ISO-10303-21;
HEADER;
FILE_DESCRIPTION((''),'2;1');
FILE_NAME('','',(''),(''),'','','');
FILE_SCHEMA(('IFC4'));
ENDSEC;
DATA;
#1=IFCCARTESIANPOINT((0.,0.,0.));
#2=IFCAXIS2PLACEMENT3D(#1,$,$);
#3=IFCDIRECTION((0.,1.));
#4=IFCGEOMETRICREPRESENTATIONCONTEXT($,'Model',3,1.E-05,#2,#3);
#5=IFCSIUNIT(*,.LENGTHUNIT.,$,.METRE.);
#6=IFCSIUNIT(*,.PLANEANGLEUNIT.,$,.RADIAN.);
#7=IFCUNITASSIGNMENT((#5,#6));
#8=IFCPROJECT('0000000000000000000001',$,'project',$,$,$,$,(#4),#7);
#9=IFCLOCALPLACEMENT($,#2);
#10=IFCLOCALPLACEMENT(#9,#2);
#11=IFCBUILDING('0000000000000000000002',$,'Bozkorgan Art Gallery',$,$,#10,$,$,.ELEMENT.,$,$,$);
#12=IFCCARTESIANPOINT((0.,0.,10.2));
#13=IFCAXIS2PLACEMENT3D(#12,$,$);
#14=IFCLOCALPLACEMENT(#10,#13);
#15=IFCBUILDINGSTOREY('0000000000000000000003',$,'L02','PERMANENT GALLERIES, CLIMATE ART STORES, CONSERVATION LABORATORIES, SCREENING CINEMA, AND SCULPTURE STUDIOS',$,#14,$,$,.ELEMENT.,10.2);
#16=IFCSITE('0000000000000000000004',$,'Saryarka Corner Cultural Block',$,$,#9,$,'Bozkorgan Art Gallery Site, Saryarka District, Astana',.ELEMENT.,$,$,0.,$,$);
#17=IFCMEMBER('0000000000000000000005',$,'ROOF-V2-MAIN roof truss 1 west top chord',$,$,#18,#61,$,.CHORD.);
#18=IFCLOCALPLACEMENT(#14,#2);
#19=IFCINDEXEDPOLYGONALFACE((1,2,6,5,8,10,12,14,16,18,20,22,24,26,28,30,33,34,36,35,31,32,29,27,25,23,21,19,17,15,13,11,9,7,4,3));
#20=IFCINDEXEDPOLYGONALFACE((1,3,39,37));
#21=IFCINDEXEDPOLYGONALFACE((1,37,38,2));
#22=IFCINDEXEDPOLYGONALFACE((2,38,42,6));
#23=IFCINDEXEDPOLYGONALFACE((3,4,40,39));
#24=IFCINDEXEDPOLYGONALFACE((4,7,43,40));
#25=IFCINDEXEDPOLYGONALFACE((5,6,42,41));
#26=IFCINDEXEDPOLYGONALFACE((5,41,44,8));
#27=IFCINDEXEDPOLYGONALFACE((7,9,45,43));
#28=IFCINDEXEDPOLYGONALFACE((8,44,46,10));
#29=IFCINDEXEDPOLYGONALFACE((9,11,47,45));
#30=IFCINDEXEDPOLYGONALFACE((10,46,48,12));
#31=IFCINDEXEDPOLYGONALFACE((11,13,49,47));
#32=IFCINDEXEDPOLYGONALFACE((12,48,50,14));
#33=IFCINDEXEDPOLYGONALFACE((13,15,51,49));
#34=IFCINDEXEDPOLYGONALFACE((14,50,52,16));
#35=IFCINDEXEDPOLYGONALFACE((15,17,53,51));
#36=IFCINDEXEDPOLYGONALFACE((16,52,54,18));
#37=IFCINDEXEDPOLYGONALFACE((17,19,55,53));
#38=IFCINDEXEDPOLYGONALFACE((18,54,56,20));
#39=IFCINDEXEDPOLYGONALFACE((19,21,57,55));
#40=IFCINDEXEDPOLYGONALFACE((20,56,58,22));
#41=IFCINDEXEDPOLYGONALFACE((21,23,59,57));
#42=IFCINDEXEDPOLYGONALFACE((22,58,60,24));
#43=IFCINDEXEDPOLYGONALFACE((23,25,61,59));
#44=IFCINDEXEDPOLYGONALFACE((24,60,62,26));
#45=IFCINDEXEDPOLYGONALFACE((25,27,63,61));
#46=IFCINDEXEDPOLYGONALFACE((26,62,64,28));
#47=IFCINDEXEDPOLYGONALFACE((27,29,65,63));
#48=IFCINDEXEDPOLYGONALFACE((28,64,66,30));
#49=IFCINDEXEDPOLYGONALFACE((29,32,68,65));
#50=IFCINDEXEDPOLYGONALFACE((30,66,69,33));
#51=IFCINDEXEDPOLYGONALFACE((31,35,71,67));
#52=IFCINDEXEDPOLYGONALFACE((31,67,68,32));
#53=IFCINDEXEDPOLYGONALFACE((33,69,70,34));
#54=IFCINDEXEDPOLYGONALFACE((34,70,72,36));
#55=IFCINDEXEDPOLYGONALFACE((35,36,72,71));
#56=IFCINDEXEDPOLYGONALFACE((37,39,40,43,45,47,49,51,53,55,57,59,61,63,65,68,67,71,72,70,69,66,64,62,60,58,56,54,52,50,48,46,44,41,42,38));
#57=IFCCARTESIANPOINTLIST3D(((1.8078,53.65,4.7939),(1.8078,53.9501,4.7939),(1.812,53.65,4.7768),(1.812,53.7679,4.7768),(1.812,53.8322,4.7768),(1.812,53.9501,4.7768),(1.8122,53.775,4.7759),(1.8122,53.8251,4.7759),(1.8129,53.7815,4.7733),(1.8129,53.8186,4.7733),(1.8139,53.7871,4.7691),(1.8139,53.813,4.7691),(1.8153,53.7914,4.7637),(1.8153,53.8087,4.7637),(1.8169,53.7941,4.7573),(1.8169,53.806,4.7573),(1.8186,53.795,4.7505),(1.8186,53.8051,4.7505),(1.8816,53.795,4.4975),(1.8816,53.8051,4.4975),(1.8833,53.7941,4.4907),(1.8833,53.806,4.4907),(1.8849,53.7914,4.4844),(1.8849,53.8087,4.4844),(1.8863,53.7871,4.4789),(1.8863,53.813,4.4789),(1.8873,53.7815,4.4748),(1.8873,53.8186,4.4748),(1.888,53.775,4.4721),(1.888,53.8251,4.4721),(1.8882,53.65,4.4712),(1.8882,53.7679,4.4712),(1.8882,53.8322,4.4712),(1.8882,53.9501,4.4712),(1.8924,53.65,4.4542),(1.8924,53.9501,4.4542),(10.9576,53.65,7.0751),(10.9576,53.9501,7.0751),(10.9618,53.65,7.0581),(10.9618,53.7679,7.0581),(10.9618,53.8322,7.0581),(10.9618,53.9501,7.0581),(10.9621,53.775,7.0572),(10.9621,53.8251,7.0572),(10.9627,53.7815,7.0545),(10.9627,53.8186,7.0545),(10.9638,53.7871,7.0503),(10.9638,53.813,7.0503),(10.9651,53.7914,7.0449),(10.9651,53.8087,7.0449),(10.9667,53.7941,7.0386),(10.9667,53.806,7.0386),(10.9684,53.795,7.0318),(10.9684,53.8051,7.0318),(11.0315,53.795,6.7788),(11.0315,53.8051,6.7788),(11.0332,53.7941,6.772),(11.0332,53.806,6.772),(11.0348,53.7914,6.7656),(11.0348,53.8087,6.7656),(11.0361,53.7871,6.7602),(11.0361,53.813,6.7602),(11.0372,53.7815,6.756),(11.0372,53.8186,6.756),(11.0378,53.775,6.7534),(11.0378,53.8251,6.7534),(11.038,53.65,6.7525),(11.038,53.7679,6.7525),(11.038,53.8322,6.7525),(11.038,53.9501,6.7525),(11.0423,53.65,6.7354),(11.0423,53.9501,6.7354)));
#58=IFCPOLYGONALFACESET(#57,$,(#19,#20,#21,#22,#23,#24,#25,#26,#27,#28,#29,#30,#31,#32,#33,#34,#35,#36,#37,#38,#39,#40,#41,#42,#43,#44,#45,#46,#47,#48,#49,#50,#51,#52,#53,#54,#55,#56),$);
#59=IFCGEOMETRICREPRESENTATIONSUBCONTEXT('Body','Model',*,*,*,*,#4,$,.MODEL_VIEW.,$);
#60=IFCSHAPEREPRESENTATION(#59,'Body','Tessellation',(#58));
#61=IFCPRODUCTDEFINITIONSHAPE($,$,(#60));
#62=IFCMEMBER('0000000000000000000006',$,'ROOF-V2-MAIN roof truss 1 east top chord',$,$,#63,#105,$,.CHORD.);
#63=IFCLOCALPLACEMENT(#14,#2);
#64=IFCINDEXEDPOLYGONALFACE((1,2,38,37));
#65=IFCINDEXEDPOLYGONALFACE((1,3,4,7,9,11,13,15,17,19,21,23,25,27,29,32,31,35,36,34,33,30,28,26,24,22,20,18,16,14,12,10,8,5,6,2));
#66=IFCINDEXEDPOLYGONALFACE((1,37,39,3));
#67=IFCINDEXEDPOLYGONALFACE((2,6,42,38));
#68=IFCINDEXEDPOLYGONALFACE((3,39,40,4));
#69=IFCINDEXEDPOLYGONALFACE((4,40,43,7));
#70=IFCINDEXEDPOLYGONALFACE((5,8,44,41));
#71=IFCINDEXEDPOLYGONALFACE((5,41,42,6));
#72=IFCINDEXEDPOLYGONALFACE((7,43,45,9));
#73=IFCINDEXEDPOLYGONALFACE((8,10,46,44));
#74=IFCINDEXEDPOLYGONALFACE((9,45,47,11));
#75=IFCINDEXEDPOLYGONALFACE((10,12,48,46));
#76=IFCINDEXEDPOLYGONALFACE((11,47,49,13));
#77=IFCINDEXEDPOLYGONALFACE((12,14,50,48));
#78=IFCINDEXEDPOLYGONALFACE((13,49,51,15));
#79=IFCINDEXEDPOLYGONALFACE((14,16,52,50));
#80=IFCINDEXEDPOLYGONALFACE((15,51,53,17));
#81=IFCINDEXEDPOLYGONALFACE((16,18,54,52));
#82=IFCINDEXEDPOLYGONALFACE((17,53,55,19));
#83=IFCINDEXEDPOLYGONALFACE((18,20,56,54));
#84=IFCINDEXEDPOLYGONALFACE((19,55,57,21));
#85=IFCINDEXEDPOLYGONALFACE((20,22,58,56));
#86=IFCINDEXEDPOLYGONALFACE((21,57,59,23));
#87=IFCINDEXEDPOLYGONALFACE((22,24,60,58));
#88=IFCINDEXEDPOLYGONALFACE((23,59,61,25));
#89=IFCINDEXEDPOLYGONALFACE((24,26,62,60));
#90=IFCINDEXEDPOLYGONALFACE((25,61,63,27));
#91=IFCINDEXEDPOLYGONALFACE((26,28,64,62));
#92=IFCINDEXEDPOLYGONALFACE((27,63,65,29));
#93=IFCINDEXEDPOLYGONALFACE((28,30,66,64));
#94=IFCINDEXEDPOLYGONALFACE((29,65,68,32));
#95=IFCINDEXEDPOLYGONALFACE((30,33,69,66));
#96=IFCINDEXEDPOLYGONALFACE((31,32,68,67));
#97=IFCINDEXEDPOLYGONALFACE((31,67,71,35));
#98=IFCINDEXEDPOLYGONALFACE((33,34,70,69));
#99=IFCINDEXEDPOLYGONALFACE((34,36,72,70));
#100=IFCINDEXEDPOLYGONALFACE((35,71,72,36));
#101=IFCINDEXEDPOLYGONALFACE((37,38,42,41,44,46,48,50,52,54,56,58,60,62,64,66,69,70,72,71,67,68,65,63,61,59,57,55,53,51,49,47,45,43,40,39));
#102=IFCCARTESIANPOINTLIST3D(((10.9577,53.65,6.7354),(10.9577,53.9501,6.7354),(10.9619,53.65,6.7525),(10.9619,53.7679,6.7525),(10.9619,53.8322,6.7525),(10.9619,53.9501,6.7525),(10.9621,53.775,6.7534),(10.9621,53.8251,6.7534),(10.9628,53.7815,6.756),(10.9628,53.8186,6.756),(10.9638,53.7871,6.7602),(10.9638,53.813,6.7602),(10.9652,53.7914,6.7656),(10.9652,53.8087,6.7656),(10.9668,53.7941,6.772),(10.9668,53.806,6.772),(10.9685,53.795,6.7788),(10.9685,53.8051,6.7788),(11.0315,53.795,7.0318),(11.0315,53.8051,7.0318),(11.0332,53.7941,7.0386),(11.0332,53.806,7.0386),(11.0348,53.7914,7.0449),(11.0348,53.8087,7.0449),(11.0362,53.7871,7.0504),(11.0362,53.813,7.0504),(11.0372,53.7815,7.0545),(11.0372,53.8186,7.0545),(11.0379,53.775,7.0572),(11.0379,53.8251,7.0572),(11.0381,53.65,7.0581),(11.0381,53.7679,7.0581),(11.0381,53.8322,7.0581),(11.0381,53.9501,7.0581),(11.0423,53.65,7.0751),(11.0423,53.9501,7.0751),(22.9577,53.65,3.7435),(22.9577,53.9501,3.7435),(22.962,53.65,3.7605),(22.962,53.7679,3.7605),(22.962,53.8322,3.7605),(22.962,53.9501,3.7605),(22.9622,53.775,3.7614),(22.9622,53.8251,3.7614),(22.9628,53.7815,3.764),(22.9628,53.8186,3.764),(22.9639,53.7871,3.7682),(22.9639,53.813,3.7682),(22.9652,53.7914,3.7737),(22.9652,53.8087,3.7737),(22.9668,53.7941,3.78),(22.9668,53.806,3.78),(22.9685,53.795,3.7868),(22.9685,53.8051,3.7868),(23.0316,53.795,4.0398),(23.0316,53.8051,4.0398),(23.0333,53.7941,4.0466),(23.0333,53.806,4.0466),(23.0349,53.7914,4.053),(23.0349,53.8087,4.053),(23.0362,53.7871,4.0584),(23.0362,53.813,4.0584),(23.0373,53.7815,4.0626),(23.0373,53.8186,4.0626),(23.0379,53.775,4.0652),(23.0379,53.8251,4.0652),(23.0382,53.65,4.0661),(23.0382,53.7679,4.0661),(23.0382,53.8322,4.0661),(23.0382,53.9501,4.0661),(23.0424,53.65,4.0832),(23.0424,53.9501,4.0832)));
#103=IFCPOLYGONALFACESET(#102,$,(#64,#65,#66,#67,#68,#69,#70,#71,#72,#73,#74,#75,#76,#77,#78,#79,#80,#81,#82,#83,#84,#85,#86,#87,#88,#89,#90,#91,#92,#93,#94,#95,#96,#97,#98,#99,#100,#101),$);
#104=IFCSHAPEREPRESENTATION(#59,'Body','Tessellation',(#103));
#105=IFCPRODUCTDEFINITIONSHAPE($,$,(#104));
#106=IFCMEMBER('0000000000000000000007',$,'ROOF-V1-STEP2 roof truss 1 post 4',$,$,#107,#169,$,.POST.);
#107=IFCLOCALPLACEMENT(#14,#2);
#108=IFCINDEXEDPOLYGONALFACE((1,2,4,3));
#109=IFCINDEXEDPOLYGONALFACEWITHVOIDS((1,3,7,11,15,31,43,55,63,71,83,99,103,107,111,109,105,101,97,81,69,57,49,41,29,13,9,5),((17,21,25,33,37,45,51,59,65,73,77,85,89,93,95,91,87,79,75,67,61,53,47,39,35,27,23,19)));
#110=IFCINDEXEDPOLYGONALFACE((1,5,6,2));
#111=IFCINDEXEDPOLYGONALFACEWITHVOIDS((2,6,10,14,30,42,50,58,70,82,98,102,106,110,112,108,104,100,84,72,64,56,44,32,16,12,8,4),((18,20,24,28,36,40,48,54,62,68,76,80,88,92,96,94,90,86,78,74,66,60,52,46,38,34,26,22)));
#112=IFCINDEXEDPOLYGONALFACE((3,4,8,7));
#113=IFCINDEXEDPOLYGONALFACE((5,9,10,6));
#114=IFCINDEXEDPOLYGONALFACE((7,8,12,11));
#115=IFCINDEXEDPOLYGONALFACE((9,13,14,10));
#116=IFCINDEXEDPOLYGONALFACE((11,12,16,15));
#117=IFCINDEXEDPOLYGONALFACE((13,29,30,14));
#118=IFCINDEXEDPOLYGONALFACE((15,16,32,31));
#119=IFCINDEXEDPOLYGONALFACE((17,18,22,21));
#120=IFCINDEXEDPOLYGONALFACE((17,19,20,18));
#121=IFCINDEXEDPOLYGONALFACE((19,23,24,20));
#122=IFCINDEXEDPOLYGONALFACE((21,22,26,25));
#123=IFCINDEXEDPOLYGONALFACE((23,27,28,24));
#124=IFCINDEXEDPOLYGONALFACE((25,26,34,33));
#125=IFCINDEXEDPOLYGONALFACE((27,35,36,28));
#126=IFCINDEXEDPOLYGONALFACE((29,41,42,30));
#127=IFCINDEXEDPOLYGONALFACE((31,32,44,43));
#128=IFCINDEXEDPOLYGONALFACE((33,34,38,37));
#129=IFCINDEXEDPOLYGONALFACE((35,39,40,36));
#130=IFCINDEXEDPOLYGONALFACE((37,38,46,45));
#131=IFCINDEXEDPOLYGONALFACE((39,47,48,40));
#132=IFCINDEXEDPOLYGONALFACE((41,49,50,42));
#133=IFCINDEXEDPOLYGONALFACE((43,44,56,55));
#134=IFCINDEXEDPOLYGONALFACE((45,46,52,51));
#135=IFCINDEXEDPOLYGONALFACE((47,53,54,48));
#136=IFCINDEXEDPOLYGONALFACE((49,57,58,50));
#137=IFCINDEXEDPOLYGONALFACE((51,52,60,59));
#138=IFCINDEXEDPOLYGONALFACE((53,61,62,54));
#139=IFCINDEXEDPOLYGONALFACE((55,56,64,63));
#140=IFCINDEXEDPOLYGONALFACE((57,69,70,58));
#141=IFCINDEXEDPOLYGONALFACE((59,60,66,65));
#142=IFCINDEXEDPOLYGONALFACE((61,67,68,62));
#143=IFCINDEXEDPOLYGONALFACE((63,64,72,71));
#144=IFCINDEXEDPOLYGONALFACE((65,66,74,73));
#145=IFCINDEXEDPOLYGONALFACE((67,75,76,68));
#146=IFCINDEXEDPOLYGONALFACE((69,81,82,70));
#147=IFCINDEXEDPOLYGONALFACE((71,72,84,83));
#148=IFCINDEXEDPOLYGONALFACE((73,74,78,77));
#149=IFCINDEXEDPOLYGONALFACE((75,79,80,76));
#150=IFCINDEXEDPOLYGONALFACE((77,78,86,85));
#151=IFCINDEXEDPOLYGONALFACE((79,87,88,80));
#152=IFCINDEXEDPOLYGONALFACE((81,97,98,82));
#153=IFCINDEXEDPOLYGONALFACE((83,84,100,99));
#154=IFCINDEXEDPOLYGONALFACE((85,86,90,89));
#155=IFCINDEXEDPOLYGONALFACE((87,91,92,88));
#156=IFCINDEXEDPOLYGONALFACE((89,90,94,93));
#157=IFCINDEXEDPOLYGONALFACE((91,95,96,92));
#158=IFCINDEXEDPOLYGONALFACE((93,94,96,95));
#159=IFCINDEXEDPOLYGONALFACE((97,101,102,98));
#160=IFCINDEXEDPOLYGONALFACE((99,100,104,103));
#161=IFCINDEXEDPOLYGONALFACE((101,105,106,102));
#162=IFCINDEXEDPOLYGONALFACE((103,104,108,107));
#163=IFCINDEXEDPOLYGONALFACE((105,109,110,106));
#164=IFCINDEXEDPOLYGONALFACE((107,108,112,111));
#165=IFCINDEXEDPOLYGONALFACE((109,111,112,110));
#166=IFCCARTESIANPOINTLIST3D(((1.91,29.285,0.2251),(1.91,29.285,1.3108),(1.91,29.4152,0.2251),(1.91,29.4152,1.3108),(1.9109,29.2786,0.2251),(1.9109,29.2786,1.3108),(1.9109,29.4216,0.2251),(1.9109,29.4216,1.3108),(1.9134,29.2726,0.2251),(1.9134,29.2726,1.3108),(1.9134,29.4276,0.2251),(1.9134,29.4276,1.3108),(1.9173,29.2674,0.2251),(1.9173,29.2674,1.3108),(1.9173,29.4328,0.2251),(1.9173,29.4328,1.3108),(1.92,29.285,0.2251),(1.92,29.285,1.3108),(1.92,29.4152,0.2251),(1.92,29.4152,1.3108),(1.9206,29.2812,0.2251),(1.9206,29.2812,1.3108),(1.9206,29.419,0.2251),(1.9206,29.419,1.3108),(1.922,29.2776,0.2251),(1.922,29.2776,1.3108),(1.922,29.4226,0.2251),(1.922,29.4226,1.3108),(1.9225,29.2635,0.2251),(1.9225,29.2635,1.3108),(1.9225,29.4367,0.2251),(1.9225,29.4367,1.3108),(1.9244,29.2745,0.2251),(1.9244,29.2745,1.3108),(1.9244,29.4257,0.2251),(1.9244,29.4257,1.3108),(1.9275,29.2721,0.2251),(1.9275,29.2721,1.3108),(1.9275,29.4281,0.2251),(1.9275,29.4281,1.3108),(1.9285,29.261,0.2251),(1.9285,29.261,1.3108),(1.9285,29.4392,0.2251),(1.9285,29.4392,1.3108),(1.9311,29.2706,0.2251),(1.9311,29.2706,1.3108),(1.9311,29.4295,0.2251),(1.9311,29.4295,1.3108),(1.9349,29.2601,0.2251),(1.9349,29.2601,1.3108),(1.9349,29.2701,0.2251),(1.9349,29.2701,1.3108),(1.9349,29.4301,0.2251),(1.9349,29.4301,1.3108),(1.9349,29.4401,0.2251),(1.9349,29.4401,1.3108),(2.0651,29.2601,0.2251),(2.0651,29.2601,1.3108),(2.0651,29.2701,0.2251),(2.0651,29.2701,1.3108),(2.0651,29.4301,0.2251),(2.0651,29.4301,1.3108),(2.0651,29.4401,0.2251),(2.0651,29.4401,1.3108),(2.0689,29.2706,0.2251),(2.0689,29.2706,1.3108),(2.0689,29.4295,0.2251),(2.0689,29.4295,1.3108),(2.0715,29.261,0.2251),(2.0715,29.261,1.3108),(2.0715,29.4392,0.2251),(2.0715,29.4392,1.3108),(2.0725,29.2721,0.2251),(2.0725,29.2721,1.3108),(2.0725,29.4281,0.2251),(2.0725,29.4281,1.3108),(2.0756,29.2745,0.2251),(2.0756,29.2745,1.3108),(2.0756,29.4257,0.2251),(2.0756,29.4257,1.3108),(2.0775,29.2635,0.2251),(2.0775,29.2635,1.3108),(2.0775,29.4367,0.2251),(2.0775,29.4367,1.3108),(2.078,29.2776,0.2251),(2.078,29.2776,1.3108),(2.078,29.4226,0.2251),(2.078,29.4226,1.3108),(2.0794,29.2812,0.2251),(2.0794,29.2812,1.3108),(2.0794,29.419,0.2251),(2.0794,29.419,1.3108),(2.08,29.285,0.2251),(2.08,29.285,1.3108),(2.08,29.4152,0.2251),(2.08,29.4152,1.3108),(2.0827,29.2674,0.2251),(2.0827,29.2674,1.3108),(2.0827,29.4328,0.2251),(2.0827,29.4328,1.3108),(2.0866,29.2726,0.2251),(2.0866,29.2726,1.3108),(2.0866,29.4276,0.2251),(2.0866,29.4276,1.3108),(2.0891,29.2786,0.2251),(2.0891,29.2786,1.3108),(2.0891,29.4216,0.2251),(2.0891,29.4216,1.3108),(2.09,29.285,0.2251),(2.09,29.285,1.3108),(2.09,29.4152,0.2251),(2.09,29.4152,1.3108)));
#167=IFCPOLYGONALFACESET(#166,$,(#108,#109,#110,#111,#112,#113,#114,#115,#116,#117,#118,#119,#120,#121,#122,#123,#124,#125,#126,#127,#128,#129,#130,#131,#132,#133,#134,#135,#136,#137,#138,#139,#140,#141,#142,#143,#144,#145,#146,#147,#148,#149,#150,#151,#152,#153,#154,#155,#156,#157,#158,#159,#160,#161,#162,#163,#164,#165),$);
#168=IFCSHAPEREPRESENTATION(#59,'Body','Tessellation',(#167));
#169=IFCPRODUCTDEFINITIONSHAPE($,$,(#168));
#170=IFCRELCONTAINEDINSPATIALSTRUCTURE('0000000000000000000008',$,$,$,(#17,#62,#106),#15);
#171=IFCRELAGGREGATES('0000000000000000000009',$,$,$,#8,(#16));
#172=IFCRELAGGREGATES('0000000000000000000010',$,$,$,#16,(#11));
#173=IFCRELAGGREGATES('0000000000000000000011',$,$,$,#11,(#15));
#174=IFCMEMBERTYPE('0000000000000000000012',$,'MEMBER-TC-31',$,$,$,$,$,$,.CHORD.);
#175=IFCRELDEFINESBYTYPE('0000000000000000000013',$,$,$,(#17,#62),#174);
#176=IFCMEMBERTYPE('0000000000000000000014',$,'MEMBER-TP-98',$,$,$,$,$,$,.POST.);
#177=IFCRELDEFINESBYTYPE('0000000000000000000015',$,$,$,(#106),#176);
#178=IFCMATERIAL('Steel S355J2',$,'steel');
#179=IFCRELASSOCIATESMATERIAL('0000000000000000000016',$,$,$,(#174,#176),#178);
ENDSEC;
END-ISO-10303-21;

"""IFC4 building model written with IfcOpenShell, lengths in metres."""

from ifc_helpers import new_model, si_unit, direction, frame, origin, origin_2d, place, context, subcontext, project, spatial, hollow_rectangle, i_section, extrude, material, material_profile, profile_set, type_object, element, save


model = new_model("IFC4")

# Units and contexts
model_context = context("Model", 3, precision=1e-05, world=origin(), true_north=direction((0.0, 1.0)))
body_context = subcontext(model_context, "Body", "Model", "MODEL_VIEW")
ifc_project = project(units=[si_unit("LENGTHUNIT", "METRE"), si_unit("PLANEANGLEUNIT", "RADIAN")], contexts=[model_context])

# Site, building, storey
site_placement = place(None, origin())
site = spatial("IfcSite", under=ifc_project, at=site_placement, Name="Saryarka Corner Cultural Block", LongName="Bozkorgan Art Gallery Site, Saryarka District, Astana", CompositionType="ELEMENT", RefElevation=0.0)
building_placement = place(site_placement, origin())
building = spatial("IfcBuilding", under=site, at=building_placement, Name="Bozkorgan Art Gallery", CompositionType="ELEMENT")
storey_placement = place(building_placement, frame((0.0, 0.0, 10.2)))
storey = spatial("IfcBuildingStorey", under=building, at=storey_placement, Name="L02", Description="PERMANENT GALLERIES, CLIMATE ART STORES, CONSERVATION LABORATORIES, SCREENING CINEMA, AND SCULPTURE STUDIOS", CompositionType="ELEMENT", Elevation=10.2)

# Shared definitions
ifc_material_1 = material(Name="Steel S355J2", Category="steel")

# Members
ifc_material_profile_1 = material_profile(ifc_material_1, i_section(OverallWidth=0.3, OverallDepth=0.3501, WebThickness=0.01, FlangeThickness=0.0176, FilletRadius=0.0271, at=origin_2d()), Name="HEA 360")
ifc_profile_set_1 = profile_set([ifc_material_profile_1], Name="Steel S355J2")
member_type_1 = type_object("IfcMemberType", Name="MEMBER-TC-31", PredefinedType="CHORD", material=ifc_profile_set_1)
member_1_placement = place(storey_placement, frame((1.8501, 53.8, 4.624), z_axis=(0.970298, 0.0, 0.241914), x_axis=(0.0, 1.0, 0.0)))
element("IfcMember", 1, at=member_1_placement, inside=storey, type_object=member_type_1, Name="ROOF-V2-MAIN roof truss 1 west top chord", PredefinedType="CHORD", context=body_context, shape_type="SweptSolid", body=[
    extrude(i_section(OverallWidth=0.3, OverallDepth=0.3501, WebThickness=0.01, FlangeThickness=0.0176, FilletRadius=0.0271, at=origin_2d()), origin(), (0.0, 0.0, 1.0), 9.4299),
])
member_2_placement = place(storey_placement, frame((11.0, 53.8, 6.9053), z_axis=(0.970296, 0.0, -0.241922), x_axis=(0.0, 1.0, 0.0)))
element("IfcMember", 2, at=member_2_placement, inside=storey, type_object=member_type_1, Name="ROOF-V2-MAIN roof truss 1 east top chord", PredefinedType="CHORD", context=body_context, shape_type="SweptSolid", body=[
    extrude(i_section(OverallWidth=0.3, OverallDepth=0.3501, WebThickness=0.01, FlangeThickness=0.0176, FilletRadius=0.0271, at=origin_2d()), origin(), (0.0, 0.0, 1.0), 12.3674),
])
ifc_material_profile_2 = material_profile(ifc_material_1, hollow_rectangle(XDim=0.1799, YDim=0.1799, WallThickness=0.01, InnerFilletRadius=0.0149, OuterFilletRadius=0.0249, at=origin_2d()), Name="SHS 180x180x10")
ifc_profile_set_2 = profile_set([ifc_material_profile_2], Name="Steel S355J2")
member_type_2 = type_object("IfcMemberType", Name="MEMBER-TP-98", PredefinedType="POST", material=ifc_profile_set_2)
member_3_placement = place(storey_placement, frame((2.0, 29.3501, 0.2251), z_axis=(0.0, 0.0, 1.0), x_axis=(1.0, 0.0, 0.0)))
element("IfcMember", 3, at=member_3_placement, inside=storey, type_object=member_type_2, Name="ROOF-V1-STEP2 roof truss 1 post 4", PredefinedType="POST", context=body_context, shape_type="SweptSolid", body=[
    extrude(hollow_rectangle(XDim=0.1799, YDim=0.1799, WallThickness=0.01, InnerFilletRadius=0.0149, OuterFilletRadius=0.0249, at=origin_2d()), origin(), (0.0, 0.0, 1.0), 1.0857),
])

save(model, "model.ifc")
